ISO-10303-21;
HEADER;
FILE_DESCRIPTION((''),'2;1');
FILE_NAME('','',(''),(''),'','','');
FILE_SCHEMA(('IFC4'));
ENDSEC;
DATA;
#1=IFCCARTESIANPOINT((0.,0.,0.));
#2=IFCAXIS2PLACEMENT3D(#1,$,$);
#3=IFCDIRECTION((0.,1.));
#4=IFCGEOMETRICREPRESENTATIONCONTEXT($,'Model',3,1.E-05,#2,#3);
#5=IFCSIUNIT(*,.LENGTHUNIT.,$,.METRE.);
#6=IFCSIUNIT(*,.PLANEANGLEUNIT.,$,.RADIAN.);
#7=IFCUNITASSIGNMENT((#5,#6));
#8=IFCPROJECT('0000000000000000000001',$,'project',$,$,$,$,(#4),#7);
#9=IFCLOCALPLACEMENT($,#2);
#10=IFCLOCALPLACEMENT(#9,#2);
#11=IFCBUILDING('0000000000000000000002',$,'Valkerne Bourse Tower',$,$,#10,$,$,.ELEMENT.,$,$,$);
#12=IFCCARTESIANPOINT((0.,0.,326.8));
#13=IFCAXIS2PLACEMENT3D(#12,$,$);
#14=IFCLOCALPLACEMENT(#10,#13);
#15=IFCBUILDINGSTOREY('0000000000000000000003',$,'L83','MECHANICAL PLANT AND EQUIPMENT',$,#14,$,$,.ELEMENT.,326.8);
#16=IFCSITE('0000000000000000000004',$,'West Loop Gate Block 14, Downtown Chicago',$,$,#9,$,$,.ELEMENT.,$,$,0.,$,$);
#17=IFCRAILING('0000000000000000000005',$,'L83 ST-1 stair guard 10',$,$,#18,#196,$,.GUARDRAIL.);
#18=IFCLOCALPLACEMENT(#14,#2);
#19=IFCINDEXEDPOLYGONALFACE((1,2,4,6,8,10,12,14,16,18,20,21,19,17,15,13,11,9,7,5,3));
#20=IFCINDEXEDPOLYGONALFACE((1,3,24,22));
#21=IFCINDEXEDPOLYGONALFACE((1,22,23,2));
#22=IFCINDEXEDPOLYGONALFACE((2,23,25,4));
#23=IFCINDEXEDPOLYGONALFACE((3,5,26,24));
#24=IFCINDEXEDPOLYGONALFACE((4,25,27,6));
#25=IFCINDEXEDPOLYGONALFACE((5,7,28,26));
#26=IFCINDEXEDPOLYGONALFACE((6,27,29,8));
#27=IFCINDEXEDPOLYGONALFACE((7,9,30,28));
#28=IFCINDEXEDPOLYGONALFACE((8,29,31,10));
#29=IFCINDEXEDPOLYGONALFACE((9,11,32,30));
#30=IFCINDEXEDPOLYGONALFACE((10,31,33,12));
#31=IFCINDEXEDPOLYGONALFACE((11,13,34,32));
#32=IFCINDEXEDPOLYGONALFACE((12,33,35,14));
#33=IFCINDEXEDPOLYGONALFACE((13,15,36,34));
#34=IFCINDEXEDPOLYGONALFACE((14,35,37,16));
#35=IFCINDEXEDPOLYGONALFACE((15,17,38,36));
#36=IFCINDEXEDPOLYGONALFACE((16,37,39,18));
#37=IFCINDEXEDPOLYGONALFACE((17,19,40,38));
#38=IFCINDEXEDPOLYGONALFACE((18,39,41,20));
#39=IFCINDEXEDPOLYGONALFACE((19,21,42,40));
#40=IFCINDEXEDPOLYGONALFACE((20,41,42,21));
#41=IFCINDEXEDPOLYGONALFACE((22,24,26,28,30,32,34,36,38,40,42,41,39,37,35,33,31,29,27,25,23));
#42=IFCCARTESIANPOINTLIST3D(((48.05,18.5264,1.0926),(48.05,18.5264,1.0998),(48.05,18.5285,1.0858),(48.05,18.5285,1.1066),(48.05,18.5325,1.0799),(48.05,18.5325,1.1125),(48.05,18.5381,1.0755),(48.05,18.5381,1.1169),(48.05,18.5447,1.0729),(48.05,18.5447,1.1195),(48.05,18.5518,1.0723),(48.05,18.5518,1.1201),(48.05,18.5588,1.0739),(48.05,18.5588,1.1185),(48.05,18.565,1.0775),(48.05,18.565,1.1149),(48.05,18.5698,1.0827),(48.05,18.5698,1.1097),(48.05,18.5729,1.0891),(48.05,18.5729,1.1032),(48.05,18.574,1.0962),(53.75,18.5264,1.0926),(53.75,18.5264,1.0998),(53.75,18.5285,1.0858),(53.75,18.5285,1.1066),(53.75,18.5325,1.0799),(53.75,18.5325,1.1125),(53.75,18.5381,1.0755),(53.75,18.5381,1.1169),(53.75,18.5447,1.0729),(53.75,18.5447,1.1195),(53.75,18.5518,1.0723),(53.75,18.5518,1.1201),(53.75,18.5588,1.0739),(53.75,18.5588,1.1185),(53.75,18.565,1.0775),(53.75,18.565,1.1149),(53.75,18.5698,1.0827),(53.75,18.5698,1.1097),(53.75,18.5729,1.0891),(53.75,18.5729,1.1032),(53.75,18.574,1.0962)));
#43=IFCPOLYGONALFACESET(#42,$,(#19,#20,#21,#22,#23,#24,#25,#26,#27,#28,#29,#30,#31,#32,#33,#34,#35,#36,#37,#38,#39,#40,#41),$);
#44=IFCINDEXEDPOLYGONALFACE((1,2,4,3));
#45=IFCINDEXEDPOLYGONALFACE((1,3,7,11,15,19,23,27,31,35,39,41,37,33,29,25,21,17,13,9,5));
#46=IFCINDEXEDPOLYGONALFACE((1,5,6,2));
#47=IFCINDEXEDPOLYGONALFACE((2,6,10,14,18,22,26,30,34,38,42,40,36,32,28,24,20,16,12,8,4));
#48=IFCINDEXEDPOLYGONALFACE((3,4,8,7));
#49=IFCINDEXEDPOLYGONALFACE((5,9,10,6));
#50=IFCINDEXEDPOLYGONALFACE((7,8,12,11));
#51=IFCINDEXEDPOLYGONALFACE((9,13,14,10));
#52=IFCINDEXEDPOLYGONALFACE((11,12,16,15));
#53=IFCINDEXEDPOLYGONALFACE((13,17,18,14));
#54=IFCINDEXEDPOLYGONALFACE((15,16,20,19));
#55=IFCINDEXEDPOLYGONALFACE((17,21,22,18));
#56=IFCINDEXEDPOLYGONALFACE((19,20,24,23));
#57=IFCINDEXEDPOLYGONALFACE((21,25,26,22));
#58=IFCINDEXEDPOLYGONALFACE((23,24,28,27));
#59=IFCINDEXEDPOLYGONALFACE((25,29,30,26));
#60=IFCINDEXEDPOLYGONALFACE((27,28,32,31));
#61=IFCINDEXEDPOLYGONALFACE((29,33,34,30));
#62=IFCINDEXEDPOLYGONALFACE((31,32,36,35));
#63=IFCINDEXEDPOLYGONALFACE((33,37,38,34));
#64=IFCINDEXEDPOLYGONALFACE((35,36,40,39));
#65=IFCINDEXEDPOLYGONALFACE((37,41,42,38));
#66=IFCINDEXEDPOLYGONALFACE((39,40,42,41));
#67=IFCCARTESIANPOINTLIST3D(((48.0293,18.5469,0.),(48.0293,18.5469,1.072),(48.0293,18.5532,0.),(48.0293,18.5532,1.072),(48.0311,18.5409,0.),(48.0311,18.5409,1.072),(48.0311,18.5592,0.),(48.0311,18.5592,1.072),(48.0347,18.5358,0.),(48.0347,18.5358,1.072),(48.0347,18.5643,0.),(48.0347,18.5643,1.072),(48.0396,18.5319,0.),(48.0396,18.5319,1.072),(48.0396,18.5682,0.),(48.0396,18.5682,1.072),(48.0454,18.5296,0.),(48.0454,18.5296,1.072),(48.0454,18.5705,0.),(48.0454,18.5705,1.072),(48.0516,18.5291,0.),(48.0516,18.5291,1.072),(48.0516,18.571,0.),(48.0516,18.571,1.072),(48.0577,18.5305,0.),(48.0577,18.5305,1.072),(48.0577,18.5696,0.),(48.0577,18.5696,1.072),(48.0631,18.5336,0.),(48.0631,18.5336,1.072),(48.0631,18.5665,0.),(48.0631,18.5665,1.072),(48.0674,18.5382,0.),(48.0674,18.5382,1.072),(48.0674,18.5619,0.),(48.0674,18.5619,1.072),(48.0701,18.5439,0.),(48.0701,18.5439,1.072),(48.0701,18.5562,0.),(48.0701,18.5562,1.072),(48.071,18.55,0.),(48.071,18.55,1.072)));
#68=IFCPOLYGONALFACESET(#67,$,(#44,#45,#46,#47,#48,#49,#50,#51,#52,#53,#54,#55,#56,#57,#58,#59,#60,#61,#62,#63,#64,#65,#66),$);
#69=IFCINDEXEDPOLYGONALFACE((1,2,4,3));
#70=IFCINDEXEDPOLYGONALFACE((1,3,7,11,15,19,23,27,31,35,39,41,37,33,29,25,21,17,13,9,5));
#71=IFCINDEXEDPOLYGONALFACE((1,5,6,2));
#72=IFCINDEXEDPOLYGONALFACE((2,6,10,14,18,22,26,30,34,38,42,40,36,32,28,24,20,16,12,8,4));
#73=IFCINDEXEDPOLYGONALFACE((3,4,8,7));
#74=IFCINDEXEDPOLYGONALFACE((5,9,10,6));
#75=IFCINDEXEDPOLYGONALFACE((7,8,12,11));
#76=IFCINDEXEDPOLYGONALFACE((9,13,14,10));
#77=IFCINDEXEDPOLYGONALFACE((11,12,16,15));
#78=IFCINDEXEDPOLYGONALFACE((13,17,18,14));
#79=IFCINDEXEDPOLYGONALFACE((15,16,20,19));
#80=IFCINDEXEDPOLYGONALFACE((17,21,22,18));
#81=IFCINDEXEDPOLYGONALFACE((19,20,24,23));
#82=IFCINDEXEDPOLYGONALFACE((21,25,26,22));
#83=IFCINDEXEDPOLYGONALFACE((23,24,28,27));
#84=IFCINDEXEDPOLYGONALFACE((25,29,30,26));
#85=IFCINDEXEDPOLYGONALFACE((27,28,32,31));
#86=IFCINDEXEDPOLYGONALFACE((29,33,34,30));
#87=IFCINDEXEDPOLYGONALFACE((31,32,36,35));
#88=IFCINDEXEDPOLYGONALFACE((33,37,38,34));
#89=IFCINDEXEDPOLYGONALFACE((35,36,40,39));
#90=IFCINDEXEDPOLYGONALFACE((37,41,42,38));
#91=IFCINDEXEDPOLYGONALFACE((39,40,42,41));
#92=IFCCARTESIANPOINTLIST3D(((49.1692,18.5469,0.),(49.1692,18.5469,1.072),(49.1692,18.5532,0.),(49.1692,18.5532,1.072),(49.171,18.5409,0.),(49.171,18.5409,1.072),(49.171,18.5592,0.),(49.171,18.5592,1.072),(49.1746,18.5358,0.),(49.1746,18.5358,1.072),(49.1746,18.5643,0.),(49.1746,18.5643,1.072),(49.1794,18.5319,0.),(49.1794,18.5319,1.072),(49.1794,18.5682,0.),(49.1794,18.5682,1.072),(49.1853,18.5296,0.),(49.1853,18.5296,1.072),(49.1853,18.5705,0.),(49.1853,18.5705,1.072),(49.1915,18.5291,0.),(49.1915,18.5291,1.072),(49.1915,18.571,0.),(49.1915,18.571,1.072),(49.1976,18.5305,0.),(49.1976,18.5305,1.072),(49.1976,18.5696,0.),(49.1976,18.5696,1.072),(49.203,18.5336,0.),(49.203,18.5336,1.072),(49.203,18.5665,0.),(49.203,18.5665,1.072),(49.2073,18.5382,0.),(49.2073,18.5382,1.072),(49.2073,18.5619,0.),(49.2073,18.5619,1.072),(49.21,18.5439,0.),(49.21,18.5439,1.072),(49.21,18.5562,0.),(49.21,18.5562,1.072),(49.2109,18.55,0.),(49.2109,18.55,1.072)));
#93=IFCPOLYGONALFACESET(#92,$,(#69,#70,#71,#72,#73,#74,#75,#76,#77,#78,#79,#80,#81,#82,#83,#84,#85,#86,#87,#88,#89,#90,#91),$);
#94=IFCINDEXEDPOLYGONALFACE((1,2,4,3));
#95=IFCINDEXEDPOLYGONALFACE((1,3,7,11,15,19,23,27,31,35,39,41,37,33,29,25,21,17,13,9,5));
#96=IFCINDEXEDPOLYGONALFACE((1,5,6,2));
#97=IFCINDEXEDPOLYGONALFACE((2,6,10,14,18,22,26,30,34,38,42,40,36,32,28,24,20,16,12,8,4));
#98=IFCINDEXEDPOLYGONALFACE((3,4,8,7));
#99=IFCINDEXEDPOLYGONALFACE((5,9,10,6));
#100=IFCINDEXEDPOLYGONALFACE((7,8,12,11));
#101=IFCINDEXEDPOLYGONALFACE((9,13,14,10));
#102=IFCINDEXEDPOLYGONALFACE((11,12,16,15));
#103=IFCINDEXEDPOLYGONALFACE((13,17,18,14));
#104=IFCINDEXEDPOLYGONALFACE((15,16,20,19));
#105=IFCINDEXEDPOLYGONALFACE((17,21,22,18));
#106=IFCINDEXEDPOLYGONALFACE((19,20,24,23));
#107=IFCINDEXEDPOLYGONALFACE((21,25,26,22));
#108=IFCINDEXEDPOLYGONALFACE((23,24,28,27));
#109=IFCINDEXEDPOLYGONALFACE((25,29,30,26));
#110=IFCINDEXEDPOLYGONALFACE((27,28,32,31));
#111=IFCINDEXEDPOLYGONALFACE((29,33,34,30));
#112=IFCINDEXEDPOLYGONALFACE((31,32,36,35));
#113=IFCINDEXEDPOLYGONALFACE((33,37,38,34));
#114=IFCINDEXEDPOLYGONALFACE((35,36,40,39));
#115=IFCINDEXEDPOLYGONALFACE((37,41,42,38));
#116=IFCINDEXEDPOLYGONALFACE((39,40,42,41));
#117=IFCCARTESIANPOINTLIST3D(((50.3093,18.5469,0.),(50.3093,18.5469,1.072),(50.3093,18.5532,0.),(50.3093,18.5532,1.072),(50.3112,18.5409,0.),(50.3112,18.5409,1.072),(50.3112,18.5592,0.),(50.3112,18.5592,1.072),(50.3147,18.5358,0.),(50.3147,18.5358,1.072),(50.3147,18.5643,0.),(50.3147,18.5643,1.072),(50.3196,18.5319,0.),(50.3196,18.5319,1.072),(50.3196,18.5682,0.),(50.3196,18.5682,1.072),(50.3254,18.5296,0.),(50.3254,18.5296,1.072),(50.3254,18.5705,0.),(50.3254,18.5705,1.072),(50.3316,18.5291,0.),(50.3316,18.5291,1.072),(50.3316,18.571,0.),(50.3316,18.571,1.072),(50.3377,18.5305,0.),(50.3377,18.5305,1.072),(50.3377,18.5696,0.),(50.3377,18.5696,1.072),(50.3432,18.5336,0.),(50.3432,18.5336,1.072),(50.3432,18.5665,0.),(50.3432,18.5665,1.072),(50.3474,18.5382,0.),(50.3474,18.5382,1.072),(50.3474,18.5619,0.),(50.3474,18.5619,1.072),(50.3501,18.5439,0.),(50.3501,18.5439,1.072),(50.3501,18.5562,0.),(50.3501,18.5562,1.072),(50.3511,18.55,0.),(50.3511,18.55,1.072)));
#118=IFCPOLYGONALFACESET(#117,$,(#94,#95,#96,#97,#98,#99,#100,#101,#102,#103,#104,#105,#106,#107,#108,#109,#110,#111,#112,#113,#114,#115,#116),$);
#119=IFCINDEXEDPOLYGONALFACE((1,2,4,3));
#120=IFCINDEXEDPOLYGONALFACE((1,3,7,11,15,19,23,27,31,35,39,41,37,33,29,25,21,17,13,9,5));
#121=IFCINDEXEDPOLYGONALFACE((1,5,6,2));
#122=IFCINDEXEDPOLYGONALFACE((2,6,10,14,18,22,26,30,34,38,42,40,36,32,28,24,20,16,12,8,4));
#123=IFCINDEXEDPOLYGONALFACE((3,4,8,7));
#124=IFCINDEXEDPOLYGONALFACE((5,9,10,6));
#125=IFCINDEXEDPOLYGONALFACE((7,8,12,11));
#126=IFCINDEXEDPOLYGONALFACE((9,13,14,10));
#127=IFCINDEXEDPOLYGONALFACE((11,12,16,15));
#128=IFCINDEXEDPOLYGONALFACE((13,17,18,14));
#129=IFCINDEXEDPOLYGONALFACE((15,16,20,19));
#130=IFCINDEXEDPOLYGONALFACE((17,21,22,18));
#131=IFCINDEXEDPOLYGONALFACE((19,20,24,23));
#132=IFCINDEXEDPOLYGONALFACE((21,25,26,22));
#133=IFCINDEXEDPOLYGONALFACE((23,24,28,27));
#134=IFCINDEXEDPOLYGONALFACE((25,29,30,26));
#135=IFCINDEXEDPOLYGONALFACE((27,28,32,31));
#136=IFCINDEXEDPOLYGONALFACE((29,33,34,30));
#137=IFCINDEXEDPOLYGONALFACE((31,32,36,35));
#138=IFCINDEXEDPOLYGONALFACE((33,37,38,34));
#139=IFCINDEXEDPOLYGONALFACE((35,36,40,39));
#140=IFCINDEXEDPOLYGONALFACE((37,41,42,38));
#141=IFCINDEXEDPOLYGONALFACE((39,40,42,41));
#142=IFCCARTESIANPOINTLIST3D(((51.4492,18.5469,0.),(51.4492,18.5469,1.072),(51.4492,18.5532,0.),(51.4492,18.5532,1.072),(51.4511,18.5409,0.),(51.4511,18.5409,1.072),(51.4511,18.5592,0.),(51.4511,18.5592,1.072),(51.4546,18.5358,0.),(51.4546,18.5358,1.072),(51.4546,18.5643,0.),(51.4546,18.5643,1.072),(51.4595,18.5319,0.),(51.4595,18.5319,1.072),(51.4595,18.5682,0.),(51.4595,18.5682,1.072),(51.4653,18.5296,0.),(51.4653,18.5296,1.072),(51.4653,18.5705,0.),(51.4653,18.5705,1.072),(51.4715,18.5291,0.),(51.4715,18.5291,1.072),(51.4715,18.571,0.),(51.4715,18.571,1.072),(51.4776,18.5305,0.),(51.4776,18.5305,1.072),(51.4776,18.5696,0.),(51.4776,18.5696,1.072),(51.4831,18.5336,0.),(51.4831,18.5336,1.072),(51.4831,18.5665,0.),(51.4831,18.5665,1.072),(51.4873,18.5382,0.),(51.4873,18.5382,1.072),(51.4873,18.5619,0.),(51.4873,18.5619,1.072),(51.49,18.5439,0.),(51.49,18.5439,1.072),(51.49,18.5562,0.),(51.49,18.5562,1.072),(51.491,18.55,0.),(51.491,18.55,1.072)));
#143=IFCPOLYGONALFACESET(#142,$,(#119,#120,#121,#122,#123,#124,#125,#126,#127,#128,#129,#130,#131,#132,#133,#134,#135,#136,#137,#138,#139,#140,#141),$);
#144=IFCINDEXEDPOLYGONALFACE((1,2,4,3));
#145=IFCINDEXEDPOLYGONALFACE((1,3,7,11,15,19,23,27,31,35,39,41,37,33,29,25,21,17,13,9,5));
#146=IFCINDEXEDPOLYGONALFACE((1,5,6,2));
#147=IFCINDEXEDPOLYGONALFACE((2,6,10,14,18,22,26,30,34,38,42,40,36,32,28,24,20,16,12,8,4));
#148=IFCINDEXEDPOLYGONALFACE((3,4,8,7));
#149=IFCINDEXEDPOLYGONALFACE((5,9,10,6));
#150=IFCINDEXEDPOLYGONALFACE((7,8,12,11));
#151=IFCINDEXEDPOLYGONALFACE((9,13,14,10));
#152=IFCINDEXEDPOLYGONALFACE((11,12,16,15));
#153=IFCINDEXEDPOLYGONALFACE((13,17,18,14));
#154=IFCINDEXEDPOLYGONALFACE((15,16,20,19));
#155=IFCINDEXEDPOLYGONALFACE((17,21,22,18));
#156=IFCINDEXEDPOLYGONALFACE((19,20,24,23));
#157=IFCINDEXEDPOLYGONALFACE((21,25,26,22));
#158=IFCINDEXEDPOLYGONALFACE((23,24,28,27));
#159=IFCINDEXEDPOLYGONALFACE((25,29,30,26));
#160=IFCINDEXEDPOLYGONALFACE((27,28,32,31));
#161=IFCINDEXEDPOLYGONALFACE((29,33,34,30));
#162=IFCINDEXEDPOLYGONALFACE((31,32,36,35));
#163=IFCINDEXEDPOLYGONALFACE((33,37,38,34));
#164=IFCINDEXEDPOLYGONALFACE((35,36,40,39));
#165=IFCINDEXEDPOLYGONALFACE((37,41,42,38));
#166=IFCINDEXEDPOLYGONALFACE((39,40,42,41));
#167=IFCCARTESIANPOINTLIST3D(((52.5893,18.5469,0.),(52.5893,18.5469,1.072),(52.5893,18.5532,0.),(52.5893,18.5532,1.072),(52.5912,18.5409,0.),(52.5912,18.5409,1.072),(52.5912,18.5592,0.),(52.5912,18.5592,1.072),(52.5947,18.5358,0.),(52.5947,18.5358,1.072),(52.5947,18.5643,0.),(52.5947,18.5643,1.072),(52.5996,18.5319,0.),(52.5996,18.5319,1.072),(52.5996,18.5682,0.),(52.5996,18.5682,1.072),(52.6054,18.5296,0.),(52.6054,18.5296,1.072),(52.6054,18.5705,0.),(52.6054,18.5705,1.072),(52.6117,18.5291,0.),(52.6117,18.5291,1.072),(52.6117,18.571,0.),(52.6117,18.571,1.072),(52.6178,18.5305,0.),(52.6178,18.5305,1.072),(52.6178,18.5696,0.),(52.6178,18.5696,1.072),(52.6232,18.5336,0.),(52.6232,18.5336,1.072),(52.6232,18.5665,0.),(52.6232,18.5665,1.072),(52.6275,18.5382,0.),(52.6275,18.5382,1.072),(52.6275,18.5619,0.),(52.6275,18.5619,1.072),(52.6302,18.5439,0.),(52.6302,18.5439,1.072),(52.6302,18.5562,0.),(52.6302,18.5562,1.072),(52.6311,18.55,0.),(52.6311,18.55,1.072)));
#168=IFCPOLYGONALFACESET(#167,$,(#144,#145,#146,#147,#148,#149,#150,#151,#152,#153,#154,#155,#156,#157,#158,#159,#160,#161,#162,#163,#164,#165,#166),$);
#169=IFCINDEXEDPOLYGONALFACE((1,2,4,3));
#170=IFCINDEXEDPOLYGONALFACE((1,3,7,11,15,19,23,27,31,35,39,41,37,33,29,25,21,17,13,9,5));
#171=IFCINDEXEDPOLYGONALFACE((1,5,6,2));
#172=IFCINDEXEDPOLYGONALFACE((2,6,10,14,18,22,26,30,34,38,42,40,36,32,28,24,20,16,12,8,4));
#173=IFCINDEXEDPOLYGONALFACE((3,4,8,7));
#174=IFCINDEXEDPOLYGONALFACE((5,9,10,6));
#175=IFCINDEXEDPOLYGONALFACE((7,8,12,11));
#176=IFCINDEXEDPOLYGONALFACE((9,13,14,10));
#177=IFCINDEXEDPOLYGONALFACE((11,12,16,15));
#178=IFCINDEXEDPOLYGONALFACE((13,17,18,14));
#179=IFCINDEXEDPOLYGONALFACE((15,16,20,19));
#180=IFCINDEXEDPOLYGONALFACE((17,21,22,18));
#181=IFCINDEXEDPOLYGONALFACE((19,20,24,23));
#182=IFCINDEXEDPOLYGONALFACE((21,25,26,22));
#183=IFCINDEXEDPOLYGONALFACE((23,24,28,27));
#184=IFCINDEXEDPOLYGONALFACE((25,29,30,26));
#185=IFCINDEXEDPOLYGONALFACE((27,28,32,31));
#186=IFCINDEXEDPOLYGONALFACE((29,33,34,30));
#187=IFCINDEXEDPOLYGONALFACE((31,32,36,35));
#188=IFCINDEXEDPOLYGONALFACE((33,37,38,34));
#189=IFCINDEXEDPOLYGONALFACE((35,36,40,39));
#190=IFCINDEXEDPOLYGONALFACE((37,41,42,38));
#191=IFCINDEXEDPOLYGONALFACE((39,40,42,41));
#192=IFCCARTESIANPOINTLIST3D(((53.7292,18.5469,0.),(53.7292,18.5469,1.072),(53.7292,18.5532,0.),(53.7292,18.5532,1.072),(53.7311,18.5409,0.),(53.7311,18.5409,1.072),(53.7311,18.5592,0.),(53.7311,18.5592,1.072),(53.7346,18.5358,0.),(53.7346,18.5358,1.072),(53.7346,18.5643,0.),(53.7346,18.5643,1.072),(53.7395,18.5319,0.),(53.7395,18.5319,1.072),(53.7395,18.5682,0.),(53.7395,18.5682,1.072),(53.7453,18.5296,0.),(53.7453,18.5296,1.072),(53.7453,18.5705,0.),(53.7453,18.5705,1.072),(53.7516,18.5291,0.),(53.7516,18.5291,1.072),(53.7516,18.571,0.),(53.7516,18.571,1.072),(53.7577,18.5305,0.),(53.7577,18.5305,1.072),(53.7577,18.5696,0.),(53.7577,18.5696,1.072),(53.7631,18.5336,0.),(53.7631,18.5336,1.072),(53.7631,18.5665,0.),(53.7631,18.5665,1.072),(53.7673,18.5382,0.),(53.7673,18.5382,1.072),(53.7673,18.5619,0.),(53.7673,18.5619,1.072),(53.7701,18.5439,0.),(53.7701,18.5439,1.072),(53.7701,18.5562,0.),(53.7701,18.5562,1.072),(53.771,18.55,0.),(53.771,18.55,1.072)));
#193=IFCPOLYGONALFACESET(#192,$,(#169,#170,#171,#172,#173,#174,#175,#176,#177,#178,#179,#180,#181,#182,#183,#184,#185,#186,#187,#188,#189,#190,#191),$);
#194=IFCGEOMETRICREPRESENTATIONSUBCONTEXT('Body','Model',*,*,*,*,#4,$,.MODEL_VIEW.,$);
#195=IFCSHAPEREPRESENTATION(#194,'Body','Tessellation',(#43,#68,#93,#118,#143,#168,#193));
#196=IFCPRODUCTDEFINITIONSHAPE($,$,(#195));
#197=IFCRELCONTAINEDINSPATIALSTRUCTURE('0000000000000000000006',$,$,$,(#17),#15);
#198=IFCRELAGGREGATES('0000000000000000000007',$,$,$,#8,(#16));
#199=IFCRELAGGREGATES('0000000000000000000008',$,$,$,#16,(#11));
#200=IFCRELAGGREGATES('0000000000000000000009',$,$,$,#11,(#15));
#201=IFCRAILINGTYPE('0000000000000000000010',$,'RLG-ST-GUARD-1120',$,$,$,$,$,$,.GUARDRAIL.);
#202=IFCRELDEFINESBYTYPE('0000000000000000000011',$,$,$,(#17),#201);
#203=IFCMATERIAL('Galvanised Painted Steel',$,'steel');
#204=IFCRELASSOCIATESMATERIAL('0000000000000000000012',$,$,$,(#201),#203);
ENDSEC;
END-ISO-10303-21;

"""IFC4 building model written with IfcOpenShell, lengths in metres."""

from ifc_helpers import new_model, si_unit, direction, frame, origin, origin_2d, place, context, subcontext, project, spatial, circle, extrude, material, type_object, element, save


model = new_model("IFC4")

# Units and contexts
model_context = context("Model", 3, precision=1e-05, world=origin(), true_north=direction((0.0, 1.0)))
body_context = subcontext(model_context, "Body", "Model", "MODEL_VIEW")
ifc_project = project(units=[si_unit("LENGTHUNIT", "METRE"), si_unit("PLANEANGLEUNIT", "RADIAN")], contexts=[model_context])

# Site, building, storey
site_placement = place(None, origin())
site = spatial("IfcSite", under=ifc_project, at=site_placement, Name="West Loop Gate Block 14, Downtown Chicago", CompositionType="ELEMENT", RefElevation=0.0)
building_placement = place(site_placement, origin())
building = spatial("IfcBuilding", under=site, at=building_placement, Name="Valkerne Bourse Tower", CompositionType="ELEMENT")
storey_placement = place(building_placement, frame((0.0, 0.0, 326.8)))
storey = spatial("IfcBuildingStorey", under=building, at=storey_placement, Name="L83", Description="MECHANICAL PLANT AND EQUIPMENT", CompositionType="ELEMENT", Elevation=326.8)

# Railing
ifc_material_1 = material(Name="Galvanised Painted Steel", Category="steel")
railing_type = type_object("IfcRailingType", Name="RLG-ST-GUARD-1120", PredefinedType="GUARDRAIL", material=ifc_material_1)
for number, where, name in (
    (1, (48.05, 18.55, 0.0), "L83 ST-1 stair guard 10"),
):
    element("IfcRailing", number, at=place(storey_placement, frame(where)), inside=storey, type_object=railing_type, Name=name, PredefinedType="GUARDRAIL", context=body_context, shape_type="SweptSolid", body=[
        extrude(circle(Radius=0.0239, at=origin_2d()), frame((0.0, 0.0, 1.0962), z_axis=(1.0, 0.0, 0.0), x_axis=(0.0, 1.0, 0.0)), (0.0, 0.0, 1.0), 5.7),
        extrude(circle(Radius=0.021, at=origin_2d()), origin(), (0.0, 0.0, 1.0), 1.072),
        extrude(circle(Radius=0.021, at=origin_2d()), frame((1.1399, 0.0, 0.0)), (0.0, 0.0, 1.0), 1.072),
        extrude(circle(Radius=0.021, at=origin_2d()), frame((2.28, 0.0, 0.0)), (0.0, 0.0, 1.0), 1.072),
        extrude(circle(Radius=0.021, at=origin_2d()), frame((3.4199, 0.0, 0.0)), (0.0, 0.0, 1.0), 1.072),
        extrude(circle(Radius=0.021, at=origin_2d()), frame((4.5601, 0.0, 0.0)), (0.0, 0.0, 1.0), 1.072),
        extrude(circle(Radius=0.021, at=origin_2d()), frame((5.7, 0.0, 0.0)), (0.0, 0.0, 1.0), 1.072),
    ])

save(model, "model.ifc")
